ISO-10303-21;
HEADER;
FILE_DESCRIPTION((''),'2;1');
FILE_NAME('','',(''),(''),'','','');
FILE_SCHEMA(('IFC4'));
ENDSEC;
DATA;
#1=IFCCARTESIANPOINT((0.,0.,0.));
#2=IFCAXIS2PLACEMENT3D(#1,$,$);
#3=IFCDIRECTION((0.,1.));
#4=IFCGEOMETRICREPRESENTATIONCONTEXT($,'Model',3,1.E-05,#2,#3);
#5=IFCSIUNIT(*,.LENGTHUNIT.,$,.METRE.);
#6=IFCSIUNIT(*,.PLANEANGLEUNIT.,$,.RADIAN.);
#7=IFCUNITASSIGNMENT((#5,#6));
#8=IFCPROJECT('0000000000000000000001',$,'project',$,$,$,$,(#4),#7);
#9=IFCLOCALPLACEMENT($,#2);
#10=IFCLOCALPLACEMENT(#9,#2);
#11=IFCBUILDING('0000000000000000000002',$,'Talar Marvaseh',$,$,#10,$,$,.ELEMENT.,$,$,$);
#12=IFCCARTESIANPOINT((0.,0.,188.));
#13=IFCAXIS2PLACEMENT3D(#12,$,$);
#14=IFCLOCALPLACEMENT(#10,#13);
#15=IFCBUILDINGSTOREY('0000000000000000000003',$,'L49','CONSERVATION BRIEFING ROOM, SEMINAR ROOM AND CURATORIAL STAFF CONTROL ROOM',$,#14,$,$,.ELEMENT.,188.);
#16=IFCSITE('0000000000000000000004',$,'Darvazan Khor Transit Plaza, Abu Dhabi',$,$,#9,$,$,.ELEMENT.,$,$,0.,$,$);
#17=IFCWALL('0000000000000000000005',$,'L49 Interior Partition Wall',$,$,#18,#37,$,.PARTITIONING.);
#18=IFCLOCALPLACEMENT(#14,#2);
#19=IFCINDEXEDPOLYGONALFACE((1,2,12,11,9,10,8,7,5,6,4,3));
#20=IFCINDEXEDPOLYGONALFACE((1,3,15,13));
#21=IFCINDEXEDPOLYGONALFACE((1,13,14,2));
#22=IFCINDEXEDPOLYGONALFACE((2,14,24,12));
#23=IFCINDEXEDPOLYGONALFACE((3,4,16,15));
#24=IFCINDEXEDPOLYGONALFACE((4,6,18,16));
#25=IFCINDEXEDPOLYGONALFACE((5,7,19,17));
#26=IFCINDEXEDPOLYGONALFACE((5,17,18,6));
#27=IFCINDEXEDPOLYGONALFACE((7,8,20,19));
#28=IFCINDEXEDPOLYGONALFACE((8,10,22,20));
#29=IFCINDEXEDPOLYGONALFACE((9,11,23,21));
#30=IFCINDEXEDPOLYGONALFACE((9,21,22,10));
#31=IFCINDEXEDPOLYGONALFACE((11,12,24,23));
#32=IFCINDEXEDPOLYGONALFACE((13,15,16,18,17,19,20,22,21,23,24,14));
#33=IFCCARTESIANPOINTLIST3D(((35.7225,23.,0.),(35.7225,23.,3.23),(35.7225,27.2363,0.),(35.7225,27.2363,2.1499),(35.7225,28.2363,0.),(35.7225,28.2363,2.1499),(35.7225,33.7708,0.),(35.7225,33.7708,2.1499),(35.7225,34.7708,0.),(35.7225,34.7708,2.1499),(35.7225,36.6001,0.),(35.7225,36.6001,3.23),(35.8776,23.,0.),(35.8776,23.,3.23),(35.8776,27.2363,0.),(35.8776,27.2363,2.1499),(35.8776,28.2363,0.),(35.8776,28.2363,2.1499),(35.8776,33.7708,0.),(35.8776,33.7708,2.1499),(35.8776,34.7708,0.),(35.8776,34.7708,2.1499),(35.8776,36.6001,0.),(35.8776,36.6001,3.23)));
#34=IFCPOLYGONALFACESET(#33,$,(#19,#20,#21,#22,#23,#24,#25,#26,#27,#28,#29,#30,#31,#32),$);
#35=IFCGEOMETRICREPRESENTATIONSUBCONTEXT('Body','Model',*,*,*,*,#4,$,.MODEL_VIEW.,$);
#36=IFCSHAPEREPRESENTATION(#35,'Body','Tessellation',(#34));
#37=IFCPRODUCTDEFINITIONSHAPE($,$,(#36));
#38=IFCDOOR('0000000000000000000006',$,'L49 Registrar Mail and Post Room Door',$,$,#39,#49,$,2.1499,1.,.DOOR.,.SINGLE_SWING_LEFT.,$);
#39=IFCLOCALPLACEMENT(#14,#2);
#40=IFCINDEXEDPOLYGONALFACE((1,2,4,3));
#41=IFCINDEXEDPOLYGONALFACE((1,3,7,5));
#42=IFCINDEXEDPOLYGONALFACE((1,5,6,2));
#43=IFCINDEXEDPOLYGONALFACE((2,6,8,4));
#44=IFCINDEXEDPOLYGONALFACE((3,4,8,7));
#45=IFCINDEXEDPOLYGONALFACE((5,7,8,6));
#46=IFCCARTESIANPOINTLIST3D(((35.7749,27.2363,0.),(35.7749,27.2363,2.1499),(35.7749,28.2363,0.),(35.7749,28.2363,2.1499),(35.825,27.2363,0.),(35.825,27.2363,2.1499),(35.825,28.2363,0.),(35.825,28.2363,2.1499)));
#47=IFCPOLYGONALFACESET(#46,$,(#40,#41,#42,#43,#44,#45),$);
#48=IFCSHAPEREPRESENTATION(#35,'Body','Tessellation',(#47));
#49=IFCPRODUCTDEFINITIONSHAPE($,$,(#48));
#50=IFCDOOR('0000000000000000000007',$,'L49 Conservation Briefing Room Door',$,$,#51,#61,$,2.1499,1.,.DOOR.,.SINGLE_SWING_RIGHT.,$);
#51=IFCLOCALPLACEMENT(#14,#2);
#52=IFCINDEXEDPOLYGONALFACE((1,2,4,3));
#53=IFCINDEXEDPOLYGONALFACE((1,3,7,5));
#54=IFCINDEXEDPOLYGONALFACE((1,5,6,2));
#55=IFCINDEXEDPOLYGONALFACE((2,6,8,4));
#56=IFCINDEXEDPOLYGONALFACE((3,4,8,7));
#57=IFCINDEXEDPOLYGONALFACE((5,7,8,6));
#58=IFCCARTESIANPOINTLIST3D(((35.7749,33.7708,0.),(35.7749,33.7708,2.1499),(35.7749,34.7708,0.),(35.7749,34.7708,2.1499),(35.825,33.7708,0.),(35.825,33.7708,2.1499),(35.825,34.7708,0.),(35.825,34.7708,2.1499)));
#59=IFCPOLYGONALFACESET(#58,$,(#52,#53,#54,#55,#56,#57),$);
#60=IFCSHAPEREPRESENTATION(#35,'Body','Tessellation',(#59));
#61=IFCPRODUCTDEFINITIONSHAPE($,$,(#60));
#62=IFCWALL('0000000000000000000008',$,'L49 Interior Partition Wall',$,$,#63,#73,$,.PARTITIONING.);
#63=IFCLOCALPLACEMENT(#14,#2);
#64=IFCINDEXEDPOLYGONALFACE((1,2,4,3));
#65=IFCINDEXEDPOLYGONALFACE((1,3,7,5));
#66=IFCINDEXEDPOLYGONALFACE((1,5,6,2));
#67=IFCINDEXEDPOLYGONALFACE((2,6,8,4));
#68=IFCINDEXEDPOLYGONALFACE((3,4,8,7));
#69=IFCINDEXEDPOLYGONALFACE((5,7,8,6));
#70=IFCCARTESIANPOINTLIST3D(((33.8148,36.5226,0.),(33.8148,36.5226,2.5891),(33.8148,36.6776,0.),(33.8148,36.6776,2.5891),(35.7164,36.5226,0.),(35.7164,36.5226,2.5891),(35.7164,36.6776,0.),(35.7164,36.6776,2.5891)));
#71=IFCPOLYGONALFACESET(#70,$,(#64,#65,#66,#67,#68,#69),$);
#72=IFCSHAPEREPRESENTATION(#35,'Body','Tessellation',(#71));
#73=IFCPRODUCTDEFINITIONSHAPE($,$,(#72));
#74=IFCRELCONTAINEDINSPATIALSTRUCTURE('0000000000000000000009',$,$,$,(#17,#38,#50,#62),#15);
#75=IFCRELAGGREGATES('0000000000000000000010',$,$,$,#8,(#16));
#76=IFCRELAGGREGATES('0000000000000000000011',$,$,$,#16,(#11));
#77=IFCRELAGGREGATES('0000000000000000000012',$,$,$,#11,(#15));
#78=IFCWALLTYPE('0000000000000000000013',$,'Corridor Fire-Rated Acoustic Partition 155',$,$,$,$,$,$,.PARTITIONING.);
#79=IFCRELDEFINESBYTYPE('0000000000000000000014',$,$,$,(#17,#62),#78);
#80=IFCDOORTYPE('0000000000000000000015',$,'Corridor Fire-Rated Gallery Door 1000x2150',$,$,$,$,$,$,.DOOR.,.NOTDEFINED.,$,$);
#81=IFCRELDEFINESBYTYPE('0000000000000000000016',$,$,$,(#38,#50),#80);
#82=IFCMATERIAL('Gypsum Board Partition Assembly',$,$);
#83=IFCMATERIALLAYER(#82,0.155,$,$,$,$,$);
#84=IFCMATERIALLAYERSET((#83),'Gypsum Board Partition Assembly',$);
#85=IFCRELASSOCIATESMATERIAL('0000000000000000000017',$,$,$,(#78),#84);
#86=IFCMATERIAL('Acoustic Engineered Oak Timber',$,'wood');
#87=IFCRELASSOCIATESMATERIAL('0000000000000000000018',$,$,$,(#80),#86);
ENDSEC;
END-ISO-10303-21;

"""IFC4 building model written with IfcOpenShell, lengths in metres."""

from ifc_helpers import new_model, si_unit, direction, frame, frame_2d, origin, place, context, subcontext, project, spatial, rectangle, extrude, source, transform, mapped, material, layer, layer_set, type_object, type_shapes, element, fill, save


model = new_model("IFC4")

# Units and contexts
model_context = context("Model", 3, precision=1e-05, world=origin(), true_north=direction((0.0, 1.0)))
body_context = subcontext(model_context, "Body", "Model", "MODEL_VIEW")
ifc_project = project(units=[si_unit("LENGTHUNIT", "METRE"), si_unit("PLANEANGLEUNIT", "RADIAN")], contexts=[model_context])

# Site, building, storey
site_placement = place(None, origin())
site = spatial("IfcSite", under=ifc_project, at=site_placement, Name="Darvazan Khor Transit Plaza, Abu Dhabi", CompositionType="ELEMENT", RefElevation=0.0)
building_placement = place(site_placement, origin())
building = spatial("IfcBuilding", under=site, at=building_placement, Name="Talar Marvaseh", CompositionType="ELEMENT")
storey_placement = place(building_placement, frame((0.0, 0.0, 188.0)))
storey = spatial("IfcBuildingStorey", under=building, at=storey_placement, Name="L49", Description="CONSERVATION BRIEFING ROOM, SEMINAR ROOM AND CURATORIAL STAFF CONTROL ROOM", CompositionType="ELEMENT", Elevation=188.0)

# Wall, openings, doors
ifc_material_1 = material(Name="Gypsum Board Partition Assembly")
ifc_layer_1 = layer(ifc_material_1, 0.155)
ifc_layer_set_1 = layer_set([ifc_layer_1], Name="Gypsum Board Partition Assembly")
wall_type_1 = type_object("IfcWallType", Name="Corridor Fire-Rated Acoustic Partition 155", PredefinedType="PARTITIONING", material=ifc_layer_set_1)
wall_1_placement = place(storey_placement, frame((35.8, 36.6001, 0.0), z_axis=(0.0, 0.0, 1.0), x_axis=(0.0, -1.0, 0.0)))
wall_1 = element("IfcWall", 1, at=wall_1_placement, inside=storey, type_object=wall_type_1, Name="L49 Interior Partition Wall", PredefinedType="PARTITIONING", context=body_context, shape_type="SweptSolid", body=[
    extrude(rectangle(XDim=13.6001, YDim=0.155, at=frame_2d((6.8, 0.0))), origin(), (0.0, 0.0, 1.0), 3.23),
])
opening_1_placement = place(wall_1_placement, frame((8.3638, 0.0, 0.0)))
opening_1 = element("IfcOpeningElement", 2, at=opening_1_placement, cuts=wall_1, PredefinedType="OPENING", context=body_context, shape_type="SweptSolid", body=[
    extrude(rectangle(XDim=1.0, YDim=2.1499, at=frame_2d((0.5, 1.075))), frame((0.0, 0.0874, 0.0), z_axis=(0.0, -1.0, 0.0), x_axis=(1.0, 0.0, 0.0)), (0.0, 0.0, 1.0), 0.175),
])
opening_2_placement = place(wall_1_placement, frame((1.8293, 0.0, 0.0)))
opening_2 = element("IfcOpeningElement", 3, at=opening_2_placement, cuts=wall_1, PredefinedType="OPENING", context=body_context, shape_type="SweptSolid", body=[
    extrude(rectangle(XDim=1.0, YDim=2.1499, at=frame_2d((0.5, 1.075))), frame((0.0, 0.0874, 0.0), z_axis=(0.0, -1.0, 0.0), x_axis=(1.0, 0.0, 0.0)), (0.0, 0.0, 1.0), 0.175),
])
ifc_material_2 = material(Name="Acoustic Engineered Oak Timber", Category="wood")
door_type = type_object("IfcDoorType", Name="Corridor Fire-Rated Gallery Door 1000x2150", OperationType="NOTDEFINED", PredefinedType="DOOR", material=ifc_material_2)
shared_shape_1 = source(origin(), body_context, "Body", "SweptSolid", [
    extrude(rectangle(XDim=1.0, YDim=2.1499, at=frame_2d((0.5, 1.075))), frame((0.0, 0.0249, 0.0), z_axis=(0.0, -1.0, 0.0), x_axis=(1.0, 0.0, 0.0)), (0.0, 0.0, 1.0), 0.05),
])
type_shapes(door_type, [shared_shape_1])
door_1_placement = place(opening_1_placement, origin())
door_1 = element("IfcDoor", 4, at=door_1_placement, inside=storey, type_object=door_type, Name="L49 Registrar Mail and Post Room Door", OperationType="SINGLE_SWING_LEFT", OverallHeight=2.1499, OverallWidth=1.0, PredefinedType="DOOR", context=body_context, shape_type="MappedRepresentation", body=[
    mapped(shared_shape_1, transform((0.0, 0.0, 0.0), x_axis=(1.0, 0.0, 0.0), y_axis=(0.0, 1.0, 0.0), z_axis=(0.0, 0.0, 1.0), scale=1.0)),
])
fill(opening_1, door_1)
door_2_placement = place(opening_2_placement, origin())
door_2 = element("IfcDoor", 5, at=door_2_placement, inside=storey, type_object=door_type, Name="L49 Conservation Briefing Room Door", OperationType="SINGLE_SWING_RIGHT", OverallHeight=2.1499, OverallWidth=1.0, PredefinedType="DOOR", context=body_context, shape_type="MappedRepresentation", body=[
    mapped(shared_shape_1, transform((0.0, 0.0, 0.0), x_axis=(1.0, 0.0, 0.0), y_axis=(0.0, 1.0, 0.0), z_axis=(0.0, 0.0, 1.0), scale=1.0)),
])
fill(opening_2, door_2)

# Wall
wall_2_placement = place(storey_placement, frame((33.8149, 36.6001, 0.0), z_axis=(0.0, 0.0, 1.0), x_axis=(1.0, 0.0, 0.0)))
element("IfcWall", 6, at=wall_2_placement, inside=storey, type_object=wall_type_1, Name="L49 Interior Partition Wall", PredefinedType="PARTITIONING", context=body_context, shape_type="SweptSolid", body=[
    extrude(rectangle(XDim=1.9016, YDim=0.155, at=frame_2d((0.9507, 0.0))), origin(), (0.0, 0.0, 1.0), 2.5891),
])

save(model, "model.ifc")
